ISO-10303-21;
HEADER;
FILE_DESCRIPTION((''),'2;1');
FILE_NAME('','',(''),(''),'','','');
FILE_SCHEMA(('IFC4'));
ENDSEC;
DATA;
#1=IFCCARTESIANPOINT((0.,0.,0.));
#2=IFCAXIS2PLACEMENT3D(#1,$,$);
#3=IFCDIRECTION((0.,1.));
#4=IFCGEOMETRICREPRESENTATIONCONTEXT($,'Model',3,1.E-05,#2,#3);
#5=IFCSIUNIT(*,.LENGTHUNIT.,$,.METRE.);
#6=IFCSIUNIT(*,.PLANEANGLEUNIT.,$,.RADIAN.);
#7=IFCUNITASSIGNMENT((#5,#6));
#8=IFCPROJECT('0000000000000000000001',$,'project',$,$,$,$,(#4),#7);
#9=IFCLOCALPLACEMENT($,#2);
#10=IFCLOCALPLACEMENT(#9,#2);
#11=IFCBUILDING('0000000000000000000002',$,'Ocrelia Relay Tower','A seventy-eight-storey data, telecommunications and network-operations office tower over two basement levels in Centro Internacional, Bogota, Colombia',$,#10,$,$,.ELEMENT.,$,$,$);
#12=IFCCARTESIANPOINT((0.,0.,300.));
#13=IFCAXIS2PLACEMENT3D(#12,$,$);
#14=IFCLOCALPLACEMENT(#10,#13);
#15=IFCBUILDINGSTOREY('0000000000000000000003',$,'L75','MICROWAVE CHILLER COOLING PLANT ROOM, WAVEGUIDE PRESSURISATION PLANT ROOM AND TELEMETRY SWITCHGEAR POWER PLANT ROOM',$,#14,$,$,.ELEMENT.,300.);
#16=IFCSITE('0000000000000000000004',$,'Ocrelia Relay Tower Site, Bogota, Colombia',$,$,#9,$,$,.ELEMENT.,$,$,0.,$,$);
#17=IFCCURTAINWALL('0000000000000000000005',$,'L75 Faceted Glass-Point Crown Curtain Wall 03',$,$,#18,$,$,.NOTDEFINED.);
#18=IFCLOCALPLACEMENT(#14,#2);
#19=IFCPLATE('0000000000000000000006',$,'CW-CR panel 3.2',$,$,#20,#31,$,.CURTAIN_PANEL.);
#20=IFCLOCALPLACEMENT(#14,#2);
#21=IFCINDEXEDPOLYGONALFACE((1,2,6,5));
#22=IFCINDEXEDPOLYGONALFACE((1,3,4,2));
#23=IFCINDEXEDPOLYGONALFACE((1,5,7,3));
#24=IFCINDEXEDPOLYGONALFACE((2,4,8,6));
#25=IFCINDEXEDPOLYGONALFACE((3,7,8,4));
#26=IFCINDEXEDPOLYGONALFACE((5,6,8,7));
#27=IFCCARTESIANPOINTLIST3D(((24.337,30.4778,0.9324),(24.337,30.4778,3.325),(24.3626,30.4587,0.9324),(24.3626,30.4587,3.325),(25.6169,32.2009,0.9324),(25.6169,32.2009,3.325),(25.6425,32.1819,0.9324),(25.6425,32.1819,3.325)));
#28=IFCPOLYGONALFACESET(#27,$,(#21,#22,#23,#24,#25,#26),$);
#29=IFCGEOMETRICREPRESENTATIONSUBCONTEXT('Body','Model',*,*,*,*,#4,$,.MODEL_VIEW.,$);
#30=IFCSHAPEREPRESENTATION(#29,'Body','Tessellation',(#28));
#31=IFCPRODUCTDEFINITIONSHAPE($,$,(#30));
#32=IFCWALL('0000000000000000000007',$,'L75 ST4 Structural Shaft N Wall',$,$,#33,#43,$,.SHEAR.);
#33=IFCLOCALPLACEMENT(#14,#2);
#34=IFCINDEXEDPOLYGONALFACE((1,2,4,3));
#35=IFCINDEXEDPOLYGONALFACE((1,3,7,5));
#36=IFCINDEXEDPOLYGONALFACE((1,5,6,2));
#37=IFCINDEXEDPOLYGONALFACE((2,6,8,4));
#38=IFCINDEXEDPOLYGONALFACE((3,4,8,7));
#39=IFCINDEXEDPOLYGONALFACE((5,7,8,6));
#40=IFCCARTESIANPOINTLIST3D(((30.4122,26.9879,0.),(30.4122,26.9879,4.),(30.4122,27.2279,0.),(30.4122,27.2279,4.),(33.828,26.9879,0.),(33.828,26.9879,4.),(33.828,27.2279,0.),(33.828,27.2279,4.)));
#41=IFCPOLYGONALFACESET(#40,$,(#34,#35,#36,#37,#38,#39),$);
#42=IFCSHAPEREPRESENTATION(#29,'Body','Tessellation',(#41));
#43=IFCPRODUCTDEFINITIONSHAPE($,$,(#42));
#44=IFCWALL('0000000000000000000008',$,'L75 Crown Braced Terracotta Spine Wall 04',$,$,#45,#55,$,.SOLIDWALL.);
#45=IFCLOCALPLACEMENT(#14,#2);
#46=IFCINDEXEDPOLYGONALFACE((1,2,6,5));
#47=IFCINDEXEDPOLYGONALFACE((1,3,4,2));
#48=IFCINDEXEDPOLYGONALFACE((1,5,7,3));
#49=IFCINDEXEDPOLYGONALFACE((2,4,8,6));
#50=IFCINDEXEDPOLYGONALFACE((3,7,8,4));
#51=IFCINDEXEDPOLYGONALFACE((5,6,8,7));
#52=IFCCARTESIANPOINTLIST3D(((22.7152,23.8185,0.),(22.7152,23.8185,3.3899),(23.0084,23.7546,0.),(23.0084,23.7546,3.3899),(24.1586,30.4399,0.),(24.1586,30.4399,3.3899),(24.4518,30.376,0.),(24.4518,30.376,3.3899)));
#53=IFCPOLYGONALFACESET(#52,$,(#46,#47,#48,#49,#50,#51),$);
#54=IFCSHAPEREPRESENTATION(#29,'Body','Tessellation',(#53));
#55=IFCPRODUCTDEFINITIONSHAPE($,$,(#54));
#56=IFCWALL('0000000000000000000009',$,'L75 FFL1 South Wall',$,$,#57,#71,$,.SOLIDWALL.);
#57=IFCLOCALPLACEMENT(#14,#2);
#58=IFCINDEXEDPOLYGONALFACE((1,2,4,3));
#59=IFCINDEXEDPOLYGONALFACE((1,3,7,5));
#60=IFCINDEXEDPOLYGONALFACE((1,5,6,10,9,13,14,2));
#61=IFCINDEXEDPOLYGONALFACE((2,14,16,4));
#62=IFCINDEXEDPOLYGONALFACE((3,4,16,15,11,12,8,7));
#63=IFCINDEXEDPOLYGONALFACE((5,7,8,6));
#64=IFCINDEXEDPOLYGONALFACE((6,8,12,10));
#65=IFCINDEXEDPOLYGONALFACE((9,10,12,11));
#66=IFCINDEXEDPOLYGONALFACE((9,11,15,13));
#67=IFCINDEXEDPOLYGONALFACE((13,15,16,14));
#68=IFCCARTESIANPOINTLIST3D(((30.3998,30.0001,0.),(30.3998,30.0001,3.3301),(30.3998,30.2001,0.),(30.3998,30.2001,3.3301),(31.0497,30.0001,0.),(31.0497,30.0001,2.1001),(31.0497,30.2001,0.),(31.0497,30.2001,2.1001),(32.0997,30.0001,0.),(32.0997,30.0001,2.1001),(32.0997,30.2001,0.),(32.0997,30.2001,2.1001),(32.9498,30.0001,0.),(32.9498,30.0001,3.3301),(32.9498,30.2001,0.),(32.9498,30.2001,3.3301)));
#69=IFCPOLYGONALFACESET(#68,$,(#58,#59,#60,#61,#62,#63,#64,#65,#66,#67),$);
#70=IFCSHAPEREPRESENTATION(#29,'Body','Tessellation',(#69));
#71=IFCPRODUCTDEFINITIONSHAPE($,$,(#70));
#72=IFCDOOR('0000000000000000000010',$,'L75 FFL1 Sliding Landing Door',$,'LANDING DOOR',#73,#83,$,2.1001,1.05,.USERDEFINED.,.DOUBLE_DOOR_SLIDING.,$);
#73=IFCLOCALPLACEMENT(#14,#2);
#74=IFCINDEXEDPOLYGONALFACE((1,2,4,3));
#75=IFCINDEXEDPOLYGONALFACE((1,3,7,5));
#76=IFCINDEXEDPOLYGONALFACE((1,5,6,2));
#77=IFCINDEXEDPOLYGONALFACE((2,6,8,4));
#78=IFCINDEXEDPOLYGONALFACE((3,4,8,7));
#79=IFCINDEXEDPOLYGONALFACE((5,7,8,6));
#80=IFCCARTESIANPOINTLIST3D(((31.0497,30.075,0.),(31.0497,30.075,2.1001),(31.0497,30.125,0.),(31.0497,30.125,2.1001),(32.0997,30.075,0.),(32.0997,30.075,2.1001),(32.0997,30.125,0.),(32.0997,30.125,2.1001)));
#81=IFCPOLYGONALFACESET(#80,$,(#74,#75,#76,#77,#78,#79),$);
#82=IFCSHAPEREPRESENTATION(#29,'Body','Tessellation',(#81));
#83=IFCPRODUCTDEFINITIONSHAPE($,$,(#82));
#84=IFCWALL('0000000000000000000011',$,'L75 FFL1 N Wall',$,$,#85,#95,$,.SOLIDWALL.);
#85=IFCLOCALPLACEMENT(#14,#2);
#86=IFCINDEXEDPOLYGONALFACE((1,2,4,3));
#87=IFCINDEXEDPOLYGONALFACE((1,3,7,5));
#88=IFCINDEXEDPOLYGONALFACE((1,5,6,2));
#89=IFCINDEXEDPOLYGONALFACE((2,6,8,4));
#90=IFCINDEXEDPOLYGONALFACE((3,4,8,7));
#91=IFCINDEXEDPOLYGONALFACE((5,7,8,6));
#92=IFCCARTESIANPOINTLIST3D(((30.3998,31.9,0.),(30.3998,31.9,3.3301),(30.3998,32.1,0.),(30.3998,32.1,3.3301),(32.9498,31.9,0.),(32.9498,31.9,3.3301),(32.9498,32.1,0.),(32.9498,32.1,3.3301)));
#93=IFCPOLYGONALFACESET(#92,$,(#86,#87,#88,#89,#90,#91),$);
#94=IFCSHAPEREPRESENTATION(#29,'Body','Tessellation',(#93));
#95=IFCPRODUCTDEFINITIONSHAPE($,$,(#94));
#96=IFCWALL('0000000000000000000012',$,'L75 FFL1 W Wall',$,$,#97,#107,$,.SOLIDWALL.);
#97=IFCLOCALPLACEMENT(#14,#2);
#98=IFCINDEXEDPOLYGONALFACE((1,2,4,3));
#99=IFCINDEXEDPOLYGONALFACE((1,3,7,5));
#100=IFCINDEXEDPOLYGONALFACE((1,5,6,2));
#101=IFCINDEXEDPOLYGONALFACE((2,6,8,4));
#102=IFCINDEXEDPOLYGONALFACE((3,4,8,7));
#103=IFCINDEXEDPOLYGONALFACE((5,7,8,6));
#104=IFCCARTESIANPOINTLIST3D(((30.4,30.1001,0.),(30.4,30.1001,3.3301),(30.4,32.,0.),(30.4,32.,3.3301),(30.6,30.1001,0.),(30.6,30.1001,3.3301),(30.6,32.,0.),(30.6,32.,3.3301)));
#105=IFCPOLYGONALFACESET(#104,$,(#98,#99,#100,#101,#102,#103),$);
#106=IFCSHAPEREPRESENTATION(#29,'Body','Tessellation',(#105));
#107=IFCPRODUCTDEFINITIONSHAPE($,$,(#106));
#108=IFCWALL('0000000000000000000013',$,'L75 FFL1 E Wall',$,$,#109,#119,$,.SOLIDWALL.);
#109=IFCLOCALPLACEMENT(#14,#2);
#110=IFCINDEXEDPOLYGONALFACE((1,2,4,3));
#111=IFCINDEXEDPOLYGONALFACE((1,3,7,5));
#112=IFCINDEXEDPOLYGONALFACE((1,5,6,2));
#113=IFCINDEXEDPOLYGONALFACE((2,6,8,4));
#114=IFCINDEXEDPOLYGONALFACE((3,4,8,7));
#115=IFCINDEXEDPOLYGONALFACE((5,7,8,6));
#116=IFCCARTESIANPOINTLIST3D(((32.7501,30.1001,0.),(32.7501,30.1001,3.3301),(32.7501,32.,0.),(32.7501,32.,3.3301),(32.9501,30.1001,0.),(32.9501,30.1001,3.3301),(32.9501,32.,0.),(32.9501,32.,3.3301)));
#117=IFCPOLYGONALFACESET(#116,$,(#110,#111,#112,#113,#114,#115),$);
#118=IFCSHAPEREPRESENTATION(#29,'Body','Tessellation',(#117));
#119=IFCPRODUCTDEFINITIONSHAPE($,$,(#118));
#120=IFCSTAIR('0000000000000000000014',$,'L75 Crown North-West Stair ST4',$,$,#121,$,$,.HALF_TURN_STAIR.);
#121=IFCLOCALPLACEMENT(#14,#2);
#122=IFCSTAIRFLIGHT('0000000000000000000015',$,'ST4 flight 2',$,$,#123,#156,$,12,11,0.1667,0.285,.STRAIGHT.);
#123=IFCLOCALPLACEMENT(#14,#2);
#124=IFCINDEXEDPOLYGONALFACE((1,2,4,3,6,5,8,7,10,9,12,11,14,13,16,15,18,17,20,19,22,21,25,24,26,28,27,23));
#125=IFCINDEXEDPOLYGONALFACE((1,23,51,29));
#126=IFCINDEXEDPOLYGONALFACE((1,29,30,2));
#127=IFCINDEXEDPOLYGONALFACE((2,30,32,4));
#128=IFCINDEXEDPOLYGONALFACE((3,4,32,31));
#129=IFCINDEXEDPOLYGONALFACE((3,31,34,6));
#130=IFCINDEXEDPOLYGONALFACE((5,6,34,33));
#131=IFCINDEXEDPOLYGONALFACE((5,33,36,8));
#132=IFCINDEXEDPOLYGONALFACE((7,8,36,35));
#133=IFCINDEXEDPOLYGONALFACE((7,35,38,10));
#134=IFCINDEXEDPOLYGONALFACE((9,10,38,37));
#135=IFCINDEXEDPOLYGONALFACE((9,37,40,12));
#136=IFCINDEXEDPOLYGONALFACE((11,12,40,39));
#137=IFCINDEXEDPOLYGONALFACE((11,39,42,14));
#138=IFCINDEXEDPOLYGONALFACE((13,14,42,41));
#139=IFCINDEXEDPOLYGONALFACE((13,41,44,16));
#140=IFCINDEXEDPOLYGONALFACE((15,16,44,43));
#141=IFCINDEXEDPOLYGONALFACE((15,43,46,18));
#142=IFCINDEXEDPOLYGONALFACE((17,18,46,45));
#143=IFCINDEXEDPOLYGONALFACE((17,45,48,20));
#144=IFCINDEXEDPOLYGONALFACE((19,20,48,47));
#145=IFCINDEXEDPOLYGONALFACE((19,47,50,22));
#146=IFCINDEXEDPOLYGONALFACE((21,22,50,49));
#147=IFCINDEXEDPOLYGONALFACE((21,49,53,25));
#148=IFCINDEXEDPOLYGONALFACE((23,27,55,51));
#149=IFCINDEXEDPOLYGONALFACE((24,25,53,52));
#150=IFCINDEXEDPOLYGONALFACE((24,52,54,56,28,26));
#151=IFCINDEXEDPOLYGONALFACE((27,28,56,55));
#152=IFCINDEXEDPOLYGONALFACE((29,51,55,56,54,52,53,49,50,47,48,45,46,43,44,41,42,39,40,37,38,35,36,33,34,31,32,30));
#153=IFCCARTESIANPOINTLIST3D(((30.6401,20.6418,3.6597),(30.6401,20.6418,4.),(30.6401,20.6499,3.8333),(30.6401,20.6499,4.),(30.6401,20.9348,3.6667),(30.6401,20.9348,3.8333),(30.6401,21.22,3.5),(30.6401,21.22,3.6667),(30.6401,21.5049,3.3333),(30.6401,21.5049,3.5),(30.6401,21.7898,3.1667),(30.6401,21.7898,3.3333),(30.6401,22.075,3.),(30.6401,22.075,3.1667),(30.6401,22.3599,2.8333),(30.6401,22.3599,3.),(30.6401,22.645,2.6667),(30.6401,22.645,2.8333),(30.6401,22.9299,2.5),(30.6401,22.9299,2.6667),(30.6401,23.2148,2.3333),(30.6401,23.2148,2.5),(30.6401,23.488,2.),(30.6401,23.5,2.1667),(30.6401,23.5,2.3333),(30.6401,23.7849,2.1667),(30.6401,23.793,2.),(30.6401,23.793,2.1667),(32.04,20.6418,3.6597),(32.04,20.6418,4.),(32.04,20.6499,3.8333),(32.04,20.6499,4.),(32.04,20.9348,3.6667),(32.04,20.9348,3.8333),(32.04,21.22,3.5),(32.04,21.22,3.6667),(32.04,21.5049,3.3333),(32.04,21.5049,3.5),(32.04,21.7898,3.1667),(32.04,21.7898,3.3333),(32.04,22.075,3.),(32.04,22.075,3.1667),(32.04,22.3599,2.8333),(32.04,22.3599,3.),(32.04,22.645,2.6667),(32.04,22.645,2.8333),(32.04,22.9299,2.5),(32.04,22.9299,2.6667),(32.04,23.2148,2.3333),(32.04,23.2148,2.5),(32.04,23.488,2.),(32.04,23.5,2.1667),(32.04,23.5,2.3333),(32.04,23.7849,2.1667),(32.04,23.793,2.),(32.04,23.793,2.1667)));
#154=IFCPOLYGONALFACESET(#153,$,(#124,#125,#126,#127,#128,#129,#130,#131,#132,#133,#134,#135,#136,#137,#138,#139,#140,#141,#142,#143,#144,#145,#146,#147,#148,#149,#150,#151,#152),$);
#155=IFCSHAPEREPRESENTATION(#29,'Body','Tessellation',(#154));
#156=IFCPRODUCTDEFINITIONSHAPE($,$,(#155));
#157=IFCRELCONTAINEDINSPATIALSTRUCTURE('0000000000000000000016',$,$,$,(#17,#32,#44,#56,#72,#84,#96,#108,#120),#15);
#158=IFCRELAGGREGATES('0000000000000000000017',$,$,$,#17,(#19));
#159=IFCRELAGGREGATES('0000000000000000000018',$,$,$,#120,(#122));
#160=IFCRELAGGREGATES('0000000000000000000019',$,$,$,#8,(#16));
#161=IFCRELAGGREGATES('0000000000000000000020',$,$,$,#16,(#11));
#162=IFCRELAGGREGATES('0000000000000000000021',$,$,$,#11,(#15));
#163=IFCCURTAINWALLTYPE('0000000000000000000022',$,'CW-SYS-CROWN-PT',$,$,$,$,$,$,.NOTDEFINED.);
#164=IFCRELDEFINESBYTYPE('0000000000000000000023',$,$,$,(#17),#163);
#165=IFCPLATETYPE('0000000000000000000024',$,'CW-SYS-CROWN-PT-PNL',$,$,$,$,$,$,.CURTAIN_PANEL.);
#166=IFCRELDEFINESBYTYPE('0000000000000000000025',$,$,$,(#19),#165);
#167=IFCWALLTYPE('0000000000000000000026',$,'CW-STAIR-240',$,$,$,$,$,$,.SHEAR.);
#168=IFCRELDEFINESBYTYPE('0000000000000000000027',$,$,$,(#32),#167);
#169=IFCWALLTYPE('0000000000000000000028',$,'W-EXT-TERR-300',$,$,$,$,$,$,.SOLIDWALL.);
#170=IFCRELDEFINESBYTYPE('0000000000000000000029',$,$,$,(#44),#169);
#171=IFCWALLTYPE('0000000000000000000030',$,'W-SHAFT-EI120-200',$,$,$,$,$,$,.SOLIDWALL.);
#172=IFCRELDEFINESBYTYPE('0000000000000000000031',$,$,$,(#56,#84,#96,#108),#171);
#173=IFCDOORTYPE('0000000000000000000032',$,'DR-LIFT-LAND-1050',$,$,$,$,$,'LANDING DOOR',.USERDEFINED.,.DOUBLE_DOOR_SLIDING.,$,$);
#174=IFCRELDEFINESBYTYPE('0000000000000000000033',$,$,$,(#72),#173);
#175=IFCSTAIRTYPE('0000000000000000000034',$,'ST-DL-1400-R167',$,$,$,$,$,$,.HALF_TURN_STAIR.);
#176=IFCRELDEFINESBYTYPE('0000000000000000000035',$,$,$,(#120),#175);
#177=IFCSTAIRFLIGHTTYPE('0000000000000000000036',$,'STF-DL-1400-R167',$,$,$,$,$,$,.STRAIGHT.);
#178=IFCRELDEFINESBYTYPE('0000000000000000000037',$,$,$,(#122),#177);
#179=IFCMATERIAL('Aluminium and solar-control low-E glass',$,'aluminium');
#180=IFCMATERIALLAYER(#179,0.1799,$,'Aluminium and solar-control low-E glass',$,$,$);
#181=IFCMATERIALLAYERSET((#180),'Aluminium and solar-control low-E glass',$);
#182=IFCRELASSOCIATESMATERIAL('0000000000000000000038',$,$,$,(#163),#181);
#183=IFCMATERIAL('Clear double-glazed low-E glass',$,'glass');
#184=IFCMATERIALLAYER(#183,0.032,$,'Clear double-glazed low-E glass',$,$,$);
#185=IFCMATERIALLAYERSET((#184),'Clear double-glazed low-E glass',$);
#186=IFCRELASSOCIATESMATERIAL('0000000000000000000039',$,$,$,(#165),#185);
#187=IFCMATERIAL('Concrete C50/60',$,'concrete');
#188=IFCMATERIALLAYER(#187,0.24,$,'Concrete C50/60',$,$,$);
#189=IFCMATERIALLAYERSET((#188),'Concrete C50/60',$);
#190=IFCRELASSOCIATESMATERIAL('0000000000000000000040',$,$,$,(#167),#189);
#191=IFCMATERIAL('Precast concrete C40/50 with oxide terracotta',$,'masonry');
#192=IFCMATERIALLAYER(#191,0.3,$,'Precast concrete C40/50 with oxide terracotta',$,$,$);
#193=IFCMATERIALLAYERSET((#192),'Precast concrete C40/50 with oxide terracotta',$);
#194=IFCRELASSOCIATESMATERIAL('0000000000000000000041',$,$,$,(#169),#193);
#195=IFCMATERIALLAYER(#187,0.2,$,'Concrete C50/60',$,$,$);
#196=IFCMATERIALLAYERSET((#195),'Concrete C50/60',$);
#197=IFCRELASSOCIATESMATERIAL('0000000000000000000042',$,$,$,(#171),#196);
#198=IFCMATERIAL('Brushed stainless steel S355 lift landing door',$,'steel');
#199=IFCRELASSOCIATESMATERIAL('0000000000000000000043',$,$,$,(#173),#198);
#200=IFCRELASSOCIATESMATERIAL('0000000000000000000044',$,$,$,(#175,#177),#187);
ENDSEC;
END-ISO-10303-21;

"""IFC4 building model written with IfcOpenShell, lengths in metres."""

from ifc_helpers import new_model, si_unit, direction, frame, frame_2d, origin, origin_2d, place, context, subcontext, project, spatial, polyline, rectangle, outline, extrude, material, layer, layer_set, type_object, element, fill, aggregate, save


model = new_model("IFC4")

# Units and contexts
model_context = context("Model", 3, precision=1e-05, world=origin(), true_north=direction((0.0, 1.0)))
body_context = subcontext(model_context, "Body", "Model", "MODEL_VIEW")
ifc_project = project(units=[si_unit("LENGTHUNIT", "METRE"), si_unit("PLANEANGLEUNIT", "RADIAN")], contexts=[model_context])

# Site, building, storey
site_placement = place(None, origin())
site = spatial("IfcSite", under=ifc_project, at=site_placement, Name="Ocrelia Relay Tower Site, Bogota, Colombia", CompositionType="ELEMENT", RefElevation=0.0)
building_placement = place(site_placement, origin())
building = spatial("IfcBuilding", under=site, at=building_placement, Name="Ocrelia Relay Tower", Description="A seventy-eight-storey data, telecommunications and network-operations office tower over two basement levels in Centro Internacional, Bogota, Colombia", CompositionType="ELEMENT")
storey_placement = place(building_placement, frame((0.0, 0.0, 300.0)))
storey = spatial("IfcBuildingStorey", under=building, at=storey_placement, Name="L75", Description="MICROWAVE CHILLER COOLING PLANT ROOM, WAVEGUIDE PRESSURISATION PLANT ROOM AND TELEMETRY SWITCHGEAR POWER PLANT ROOM", CompositionType="ELEMENT", Elevation=300.0)

# Curtain wall
ifc_material_1 = material(Name="Aluminium and solar-control low-E glass", Category="aluminium")
ifc_layer_1 = layer(ifc_material_1, 0.1799, Name="Aluminium and solar-control low-E glass")
ifc_layer_set_1 = layer_set([ifc_layer_1], Name="Aluminium and solar-control low-E glass")
curtain_wall_type = type_object("IfcCurtainWallType", Name="CW-SYS-CROWN-PT", PredefinedType="NOTDEFINED", material=ifc_layer_set_1)
curtain_wall_placement = place(storey_placement, origin())
curtain_wall = element("IfcCurtainWall", 1, at=curtain_wall_placement, inside=storey, type_object=curtain_wall_type, Name="L75 Faceted Glass-Point Crown Curtain Wall 03", PredefinedType="NOTDEFINED")

# Plate
ifc_material_2 = material(Name="Clear double-glazed low-E glass", Category="glass")
ifc_layer_2 = layer(ifc_material_2, 0.032, Name="Clear double-glazed low-E glass")
ifc_layer_set_2 = layer_set([ifc_layer_2], Name="Clear double-glazed low-E glass")
plate_type = type_object("IfcPlateType", Name="CW-SYS-CROWN-PT-PNL", PredefinedType="CURTAIN_PANEL", material=ifc_layer_set_2)
plate_1_placement = place(storey_placement, frame((24.9897, 31.3298, 0.9324), z_axis=(0.0, 0.0, 1.0), x_axis=(-0.59628, -0.802777, 0.0)))
plate_1 = element("IfcPlate", 2, at=plate_1_placement, type_object=plate_type, Name="CW-CR panel 3.2", PredefinedType="CURTAIN_PANEL", context=body_context, shape_type="SweptSolid", body=[
    extrude(rectangle(XDim=2.1465, YDim=0.032, at=origin_2d()), origin(), (0.0, 0.0, 1.0), 2.3926),
])
aggregate(curtain_wall, [plate_1])

# Walls
ifc_material_3 = material(Name="Concrete C50/60", Category="concrete")
ifc_layer_3 = layer(ifc_material_3, 0.24, Name="Concrete C50/60")
ifc_layer_set_3 = layer_set([ifc_layer_3], Name="Concrete C50/60")
wall_type_1 = type_object("IfcWallType", Name="CW-STAIR-240", PredefinedType="SHEAR", material=ifc_layer_set_3)
wall_1_placement = place(storey_placement, frame((30.4121, 27.1079, 0.0), z_axis=(0.0, 0.0, 1.0), x_axis=(1.0, 0.0, 0.0)))
element("IfcWall", 3, at=wall_1_placement, inside=storey, type_object=wall_type_1, Name="L75 ST4 Structural Shaft N Wall", PredefinedType="SHEAR", context=body_context, shape_type="SweptSolid", body=[
    extrude(rectangle(XDim=3.4158, YDim=0.24, at=frame_2d((1.708, 0.0))), origin(), (0.0, 0.0, 1.0), 4.0),
])
ifc_material_4 = material(Name="Precast concrete C40/50 with oxide terracotta", Category="masonry")
ifc_layer_4 = layer(ifc_material_4, 0.3, Name="Precast concrete C40/50 with oxide terracotta")
ifc_layer_set_4 = layer_set([ifc_layer_4], Name="Precast concrete C40/50 with oxide terracotta")
wall_type_2 = type_object("IfcWallType", Name="W-EXT-TERR-300", PredefinedType="SOLIDWALL", material=ifc_layer_set_4)
wall_2_placement = place(storey_placement, frame((24.3052, 30.408, 0.0), z_axis=(0.0, 0.0, 1.0), x_axis=(-0.212984, -0.977056, 0.0)))
element("IfcWall", 4, at=wall_2_placement, inside=storey, type_object=wall_type_2, Name="L75 Crown Braced Terracotta Spine Wall 04", PredefinedType="SOLIDWALL", context=body_context, shape_type="SweptSolid", body=[
    extrude(rectangle(XDim=6.7769, YDim=0.3, at=frame_2d((3.3884, 0.0))), origin(), (0.0, 0.0, 1.0), 3.3899),
])

# Wall, opening, door
ifc_layer_5 = layer(ifc_material_3, 0.2, Name="Concrete C50/60")
ifc_layer_set_5 = layer_set([ifc_layer_5], Name="Concrete C50/60")
wall_type_3 = type_object("IfcWallType", Name="W-SHAFT-EI120-200", PredefinedType="SOLIDWALL", material=ifc_layer_set_5)
wall_3_placement = place(storey_placement, frame((30.3999, 30.1001, 0.0), z_axis=(0.0, 0.0, 1.0), x_axis=(1.0, 0.0, 0.0)))
wall_3 = element("IfcWall", 5, at=wall_3_placement, inside=storey, type_object=wall_type_3, Name="L75 FFL1 South Wall", PredefinedType="SOLIDWALL", context=body_context, shape_type="SweptSolid", body=[
    extrude(rectangle(XDim=2.55, YDim=0.2, at=frame_2d((1.2749, 0.0))), origin(), (0.0, 0.0, 1.0), 3.3301),
])
opening_placement = place(wall_3_placement, frame((0.6499, 0.0, 0.0)))
opening = element("IfcOpeningElement", 6, at=opening_placement, cuts=wall_3, PredefinedType="OPENING", context=body_context, shape_type="SweptSolid", body=[
    extrude(rectangle(XDim=1.05, YDim=2.1001, at=frame_2d((0.5249, 1.05))), frame((0.0, 0.1099, 0.0), z_axis=(0.0, -1.0, 0.0), x_axis=(1.0, 0.0, 0.0)), (0.0, 0.0, 1.0), 0.22),
])
ifc_material_5 = material(Name="Brushed stainless steel S355 lift landing door", Category="steel")
door_type = type_object("IfcDoorType", Name="DR-LIFT-LAND-1050", ElementType="LANDING DOOR", OperationType="DOUBLE_DOOR_SLIDING", PredefinedType="USERDEFINED", material=ifc_material_5)
door_placement = place(opening_placement, origin())
door = element("IfcDoor", 7, at=door_placement, inside=storey, type_object=door_type, Name="L75 FFL1 Sliding Landing Door", ObjectType="LANDING DOOR", OperationType="DOUBLE_DOOR_SLIDING", OverallHeight=2.1001, OverallWidth=1.05, PredefinedType="USERDEFINED", context=body_context, shape_type="SweptSolid", body=[
    extrude(rectangle(XDim=1.05, YDim=2.1001, at=frame_2d((0.5249, 1.05))), frame((0.0, 0.0249, 0.0), z_axis=(0.0, -1.0, 0.0), x_axis=(1.0, 0.0, 0.0)), (0.0, 0.0, 1.0), 0.05),
])
fill(opening, door)

# Walls
wall_4_placement = place(storey_placement, frame((30.3999, 32.0, 0.0), z_axis=(0.0, 0.0, 1.0), x_axis=(1.0, 0.0, 0.0)))
element("IfcWall", 8, at=wall_4_placement, inside=storey, type_object=wall_type_3, Name="L75 FFL1 N Wall", PredefinedType="SOLIDWALL", context=body_context, shape_type="SweptSolid", body=[
    extrude(rectangle(XDim=2.55, YDim=0.2, at=frame_2d((1.2749, 0.0))), origin(), (0.0, 0.0, 1.0), 3.3301),
])
for number, where, z_axis, x_axis, name in (
    (9, (30.5, 30.1001, 0.0), (0.0, 0.0, 1.0), (0.0, 1.0, 0.0), "L75 FFL1 W Wall"),
    (10, (32.8501, 30.1001, 0.0), (0.0, 0.0, 1.0), (0.0, 1.0, 0.0), "L75 FFL1 E Wall"),
):
    element("IfcWall", number, at=place(storey_placement, frame(where, z_axis=z_axis, x_axis=x_axis)), inside=storey, type_object=wall_type_3, Name=name, PredefinedType="SOLIDWALL", context=body_context, shape_type="SweptSolid", body=[
        extrude(rectangle(XDim=1.8999, YDim=0.2, at=frame_2d((0.95, 0.0))), origin(), (0.0, 0.0, 1.0), 3.3301),
    ])

# Stair, stair flight
stair_type = type_object("IfcStairType", Name="ST-DL-1400-R167", PredefinedType="HALF_TURN_STAIR", material=ifc_material_3)
stair_placement = place(storey_placement, origin())
stair = element("IfcStair", 11, at=stair_placement, inside=storey, type_object=stair_type, Name="L75 Crown North-West Stair ST4", PredefinedType="HALF_TURN_STAIR")
stair_flight_type = type_object("IfcStairFlightType", Name="STF-DL-1400-R167", PredefinedType="STRAIGHT", material=ifc_material_3)
stair_flight_placement = place(storey_placement, frame((31.3401, 23.7849, 2.0), z_axis=(0.0, 0.0, 1.0), x_axis=(0.0, -1.0, 0.0)))
stair_flight = element("IfcStairFlight", 12, at=stair_flight_placement, type_object=stair_flight_type, Name="ST4 flight 2", NumberOfRisers=12, NumberOfTreads=11, PredefinedType="STRAIGHT", RiserHeight=0.1667, TreadLength=0.285, context=body_context, shape_type="SweptSolid", body=[
    extrude(outline(polyline([(-0.0081, 0.0), (-0.0081, 0.1667), (0.0, 0.1667), (0.2849, 0.1667), (0.2849, 0.3333), (0.5701, 0.3333), (0.5701, 0.5), (0.855, 0.5), (0.855, 0.6667), (1.1399, 0.6667), (1.1399, 0.8333), (1.425, 0.8333), (1.425, 1.0), (1.71, 1.0), (1.71, 1.1667), (1.9951, 1.1667), (1.9951, 1.3333), (2.28, 1.3333), (2.28, 1.5), (2.5649, 1.5), (2.5649, 1.6667), (2.8501, 1.6667), (2.8501, 1.8333), (3.135, 1.8333), (3.135, 2.0), (3.1431, 2.0), (3.1431, 1.6597), (0.2969, 0.0), (-0.0081, 0.0)])), frame((0.0, 0.7, 0.0), z_axis=(0.0, -1.0, 0.0), x_axis=(1.0, 0.0, 0.0)), (0.0, 0.0, 1.0), 1.3999),
])
aggregate(stair, [stair_flight])

save(model, "model.ifc")
